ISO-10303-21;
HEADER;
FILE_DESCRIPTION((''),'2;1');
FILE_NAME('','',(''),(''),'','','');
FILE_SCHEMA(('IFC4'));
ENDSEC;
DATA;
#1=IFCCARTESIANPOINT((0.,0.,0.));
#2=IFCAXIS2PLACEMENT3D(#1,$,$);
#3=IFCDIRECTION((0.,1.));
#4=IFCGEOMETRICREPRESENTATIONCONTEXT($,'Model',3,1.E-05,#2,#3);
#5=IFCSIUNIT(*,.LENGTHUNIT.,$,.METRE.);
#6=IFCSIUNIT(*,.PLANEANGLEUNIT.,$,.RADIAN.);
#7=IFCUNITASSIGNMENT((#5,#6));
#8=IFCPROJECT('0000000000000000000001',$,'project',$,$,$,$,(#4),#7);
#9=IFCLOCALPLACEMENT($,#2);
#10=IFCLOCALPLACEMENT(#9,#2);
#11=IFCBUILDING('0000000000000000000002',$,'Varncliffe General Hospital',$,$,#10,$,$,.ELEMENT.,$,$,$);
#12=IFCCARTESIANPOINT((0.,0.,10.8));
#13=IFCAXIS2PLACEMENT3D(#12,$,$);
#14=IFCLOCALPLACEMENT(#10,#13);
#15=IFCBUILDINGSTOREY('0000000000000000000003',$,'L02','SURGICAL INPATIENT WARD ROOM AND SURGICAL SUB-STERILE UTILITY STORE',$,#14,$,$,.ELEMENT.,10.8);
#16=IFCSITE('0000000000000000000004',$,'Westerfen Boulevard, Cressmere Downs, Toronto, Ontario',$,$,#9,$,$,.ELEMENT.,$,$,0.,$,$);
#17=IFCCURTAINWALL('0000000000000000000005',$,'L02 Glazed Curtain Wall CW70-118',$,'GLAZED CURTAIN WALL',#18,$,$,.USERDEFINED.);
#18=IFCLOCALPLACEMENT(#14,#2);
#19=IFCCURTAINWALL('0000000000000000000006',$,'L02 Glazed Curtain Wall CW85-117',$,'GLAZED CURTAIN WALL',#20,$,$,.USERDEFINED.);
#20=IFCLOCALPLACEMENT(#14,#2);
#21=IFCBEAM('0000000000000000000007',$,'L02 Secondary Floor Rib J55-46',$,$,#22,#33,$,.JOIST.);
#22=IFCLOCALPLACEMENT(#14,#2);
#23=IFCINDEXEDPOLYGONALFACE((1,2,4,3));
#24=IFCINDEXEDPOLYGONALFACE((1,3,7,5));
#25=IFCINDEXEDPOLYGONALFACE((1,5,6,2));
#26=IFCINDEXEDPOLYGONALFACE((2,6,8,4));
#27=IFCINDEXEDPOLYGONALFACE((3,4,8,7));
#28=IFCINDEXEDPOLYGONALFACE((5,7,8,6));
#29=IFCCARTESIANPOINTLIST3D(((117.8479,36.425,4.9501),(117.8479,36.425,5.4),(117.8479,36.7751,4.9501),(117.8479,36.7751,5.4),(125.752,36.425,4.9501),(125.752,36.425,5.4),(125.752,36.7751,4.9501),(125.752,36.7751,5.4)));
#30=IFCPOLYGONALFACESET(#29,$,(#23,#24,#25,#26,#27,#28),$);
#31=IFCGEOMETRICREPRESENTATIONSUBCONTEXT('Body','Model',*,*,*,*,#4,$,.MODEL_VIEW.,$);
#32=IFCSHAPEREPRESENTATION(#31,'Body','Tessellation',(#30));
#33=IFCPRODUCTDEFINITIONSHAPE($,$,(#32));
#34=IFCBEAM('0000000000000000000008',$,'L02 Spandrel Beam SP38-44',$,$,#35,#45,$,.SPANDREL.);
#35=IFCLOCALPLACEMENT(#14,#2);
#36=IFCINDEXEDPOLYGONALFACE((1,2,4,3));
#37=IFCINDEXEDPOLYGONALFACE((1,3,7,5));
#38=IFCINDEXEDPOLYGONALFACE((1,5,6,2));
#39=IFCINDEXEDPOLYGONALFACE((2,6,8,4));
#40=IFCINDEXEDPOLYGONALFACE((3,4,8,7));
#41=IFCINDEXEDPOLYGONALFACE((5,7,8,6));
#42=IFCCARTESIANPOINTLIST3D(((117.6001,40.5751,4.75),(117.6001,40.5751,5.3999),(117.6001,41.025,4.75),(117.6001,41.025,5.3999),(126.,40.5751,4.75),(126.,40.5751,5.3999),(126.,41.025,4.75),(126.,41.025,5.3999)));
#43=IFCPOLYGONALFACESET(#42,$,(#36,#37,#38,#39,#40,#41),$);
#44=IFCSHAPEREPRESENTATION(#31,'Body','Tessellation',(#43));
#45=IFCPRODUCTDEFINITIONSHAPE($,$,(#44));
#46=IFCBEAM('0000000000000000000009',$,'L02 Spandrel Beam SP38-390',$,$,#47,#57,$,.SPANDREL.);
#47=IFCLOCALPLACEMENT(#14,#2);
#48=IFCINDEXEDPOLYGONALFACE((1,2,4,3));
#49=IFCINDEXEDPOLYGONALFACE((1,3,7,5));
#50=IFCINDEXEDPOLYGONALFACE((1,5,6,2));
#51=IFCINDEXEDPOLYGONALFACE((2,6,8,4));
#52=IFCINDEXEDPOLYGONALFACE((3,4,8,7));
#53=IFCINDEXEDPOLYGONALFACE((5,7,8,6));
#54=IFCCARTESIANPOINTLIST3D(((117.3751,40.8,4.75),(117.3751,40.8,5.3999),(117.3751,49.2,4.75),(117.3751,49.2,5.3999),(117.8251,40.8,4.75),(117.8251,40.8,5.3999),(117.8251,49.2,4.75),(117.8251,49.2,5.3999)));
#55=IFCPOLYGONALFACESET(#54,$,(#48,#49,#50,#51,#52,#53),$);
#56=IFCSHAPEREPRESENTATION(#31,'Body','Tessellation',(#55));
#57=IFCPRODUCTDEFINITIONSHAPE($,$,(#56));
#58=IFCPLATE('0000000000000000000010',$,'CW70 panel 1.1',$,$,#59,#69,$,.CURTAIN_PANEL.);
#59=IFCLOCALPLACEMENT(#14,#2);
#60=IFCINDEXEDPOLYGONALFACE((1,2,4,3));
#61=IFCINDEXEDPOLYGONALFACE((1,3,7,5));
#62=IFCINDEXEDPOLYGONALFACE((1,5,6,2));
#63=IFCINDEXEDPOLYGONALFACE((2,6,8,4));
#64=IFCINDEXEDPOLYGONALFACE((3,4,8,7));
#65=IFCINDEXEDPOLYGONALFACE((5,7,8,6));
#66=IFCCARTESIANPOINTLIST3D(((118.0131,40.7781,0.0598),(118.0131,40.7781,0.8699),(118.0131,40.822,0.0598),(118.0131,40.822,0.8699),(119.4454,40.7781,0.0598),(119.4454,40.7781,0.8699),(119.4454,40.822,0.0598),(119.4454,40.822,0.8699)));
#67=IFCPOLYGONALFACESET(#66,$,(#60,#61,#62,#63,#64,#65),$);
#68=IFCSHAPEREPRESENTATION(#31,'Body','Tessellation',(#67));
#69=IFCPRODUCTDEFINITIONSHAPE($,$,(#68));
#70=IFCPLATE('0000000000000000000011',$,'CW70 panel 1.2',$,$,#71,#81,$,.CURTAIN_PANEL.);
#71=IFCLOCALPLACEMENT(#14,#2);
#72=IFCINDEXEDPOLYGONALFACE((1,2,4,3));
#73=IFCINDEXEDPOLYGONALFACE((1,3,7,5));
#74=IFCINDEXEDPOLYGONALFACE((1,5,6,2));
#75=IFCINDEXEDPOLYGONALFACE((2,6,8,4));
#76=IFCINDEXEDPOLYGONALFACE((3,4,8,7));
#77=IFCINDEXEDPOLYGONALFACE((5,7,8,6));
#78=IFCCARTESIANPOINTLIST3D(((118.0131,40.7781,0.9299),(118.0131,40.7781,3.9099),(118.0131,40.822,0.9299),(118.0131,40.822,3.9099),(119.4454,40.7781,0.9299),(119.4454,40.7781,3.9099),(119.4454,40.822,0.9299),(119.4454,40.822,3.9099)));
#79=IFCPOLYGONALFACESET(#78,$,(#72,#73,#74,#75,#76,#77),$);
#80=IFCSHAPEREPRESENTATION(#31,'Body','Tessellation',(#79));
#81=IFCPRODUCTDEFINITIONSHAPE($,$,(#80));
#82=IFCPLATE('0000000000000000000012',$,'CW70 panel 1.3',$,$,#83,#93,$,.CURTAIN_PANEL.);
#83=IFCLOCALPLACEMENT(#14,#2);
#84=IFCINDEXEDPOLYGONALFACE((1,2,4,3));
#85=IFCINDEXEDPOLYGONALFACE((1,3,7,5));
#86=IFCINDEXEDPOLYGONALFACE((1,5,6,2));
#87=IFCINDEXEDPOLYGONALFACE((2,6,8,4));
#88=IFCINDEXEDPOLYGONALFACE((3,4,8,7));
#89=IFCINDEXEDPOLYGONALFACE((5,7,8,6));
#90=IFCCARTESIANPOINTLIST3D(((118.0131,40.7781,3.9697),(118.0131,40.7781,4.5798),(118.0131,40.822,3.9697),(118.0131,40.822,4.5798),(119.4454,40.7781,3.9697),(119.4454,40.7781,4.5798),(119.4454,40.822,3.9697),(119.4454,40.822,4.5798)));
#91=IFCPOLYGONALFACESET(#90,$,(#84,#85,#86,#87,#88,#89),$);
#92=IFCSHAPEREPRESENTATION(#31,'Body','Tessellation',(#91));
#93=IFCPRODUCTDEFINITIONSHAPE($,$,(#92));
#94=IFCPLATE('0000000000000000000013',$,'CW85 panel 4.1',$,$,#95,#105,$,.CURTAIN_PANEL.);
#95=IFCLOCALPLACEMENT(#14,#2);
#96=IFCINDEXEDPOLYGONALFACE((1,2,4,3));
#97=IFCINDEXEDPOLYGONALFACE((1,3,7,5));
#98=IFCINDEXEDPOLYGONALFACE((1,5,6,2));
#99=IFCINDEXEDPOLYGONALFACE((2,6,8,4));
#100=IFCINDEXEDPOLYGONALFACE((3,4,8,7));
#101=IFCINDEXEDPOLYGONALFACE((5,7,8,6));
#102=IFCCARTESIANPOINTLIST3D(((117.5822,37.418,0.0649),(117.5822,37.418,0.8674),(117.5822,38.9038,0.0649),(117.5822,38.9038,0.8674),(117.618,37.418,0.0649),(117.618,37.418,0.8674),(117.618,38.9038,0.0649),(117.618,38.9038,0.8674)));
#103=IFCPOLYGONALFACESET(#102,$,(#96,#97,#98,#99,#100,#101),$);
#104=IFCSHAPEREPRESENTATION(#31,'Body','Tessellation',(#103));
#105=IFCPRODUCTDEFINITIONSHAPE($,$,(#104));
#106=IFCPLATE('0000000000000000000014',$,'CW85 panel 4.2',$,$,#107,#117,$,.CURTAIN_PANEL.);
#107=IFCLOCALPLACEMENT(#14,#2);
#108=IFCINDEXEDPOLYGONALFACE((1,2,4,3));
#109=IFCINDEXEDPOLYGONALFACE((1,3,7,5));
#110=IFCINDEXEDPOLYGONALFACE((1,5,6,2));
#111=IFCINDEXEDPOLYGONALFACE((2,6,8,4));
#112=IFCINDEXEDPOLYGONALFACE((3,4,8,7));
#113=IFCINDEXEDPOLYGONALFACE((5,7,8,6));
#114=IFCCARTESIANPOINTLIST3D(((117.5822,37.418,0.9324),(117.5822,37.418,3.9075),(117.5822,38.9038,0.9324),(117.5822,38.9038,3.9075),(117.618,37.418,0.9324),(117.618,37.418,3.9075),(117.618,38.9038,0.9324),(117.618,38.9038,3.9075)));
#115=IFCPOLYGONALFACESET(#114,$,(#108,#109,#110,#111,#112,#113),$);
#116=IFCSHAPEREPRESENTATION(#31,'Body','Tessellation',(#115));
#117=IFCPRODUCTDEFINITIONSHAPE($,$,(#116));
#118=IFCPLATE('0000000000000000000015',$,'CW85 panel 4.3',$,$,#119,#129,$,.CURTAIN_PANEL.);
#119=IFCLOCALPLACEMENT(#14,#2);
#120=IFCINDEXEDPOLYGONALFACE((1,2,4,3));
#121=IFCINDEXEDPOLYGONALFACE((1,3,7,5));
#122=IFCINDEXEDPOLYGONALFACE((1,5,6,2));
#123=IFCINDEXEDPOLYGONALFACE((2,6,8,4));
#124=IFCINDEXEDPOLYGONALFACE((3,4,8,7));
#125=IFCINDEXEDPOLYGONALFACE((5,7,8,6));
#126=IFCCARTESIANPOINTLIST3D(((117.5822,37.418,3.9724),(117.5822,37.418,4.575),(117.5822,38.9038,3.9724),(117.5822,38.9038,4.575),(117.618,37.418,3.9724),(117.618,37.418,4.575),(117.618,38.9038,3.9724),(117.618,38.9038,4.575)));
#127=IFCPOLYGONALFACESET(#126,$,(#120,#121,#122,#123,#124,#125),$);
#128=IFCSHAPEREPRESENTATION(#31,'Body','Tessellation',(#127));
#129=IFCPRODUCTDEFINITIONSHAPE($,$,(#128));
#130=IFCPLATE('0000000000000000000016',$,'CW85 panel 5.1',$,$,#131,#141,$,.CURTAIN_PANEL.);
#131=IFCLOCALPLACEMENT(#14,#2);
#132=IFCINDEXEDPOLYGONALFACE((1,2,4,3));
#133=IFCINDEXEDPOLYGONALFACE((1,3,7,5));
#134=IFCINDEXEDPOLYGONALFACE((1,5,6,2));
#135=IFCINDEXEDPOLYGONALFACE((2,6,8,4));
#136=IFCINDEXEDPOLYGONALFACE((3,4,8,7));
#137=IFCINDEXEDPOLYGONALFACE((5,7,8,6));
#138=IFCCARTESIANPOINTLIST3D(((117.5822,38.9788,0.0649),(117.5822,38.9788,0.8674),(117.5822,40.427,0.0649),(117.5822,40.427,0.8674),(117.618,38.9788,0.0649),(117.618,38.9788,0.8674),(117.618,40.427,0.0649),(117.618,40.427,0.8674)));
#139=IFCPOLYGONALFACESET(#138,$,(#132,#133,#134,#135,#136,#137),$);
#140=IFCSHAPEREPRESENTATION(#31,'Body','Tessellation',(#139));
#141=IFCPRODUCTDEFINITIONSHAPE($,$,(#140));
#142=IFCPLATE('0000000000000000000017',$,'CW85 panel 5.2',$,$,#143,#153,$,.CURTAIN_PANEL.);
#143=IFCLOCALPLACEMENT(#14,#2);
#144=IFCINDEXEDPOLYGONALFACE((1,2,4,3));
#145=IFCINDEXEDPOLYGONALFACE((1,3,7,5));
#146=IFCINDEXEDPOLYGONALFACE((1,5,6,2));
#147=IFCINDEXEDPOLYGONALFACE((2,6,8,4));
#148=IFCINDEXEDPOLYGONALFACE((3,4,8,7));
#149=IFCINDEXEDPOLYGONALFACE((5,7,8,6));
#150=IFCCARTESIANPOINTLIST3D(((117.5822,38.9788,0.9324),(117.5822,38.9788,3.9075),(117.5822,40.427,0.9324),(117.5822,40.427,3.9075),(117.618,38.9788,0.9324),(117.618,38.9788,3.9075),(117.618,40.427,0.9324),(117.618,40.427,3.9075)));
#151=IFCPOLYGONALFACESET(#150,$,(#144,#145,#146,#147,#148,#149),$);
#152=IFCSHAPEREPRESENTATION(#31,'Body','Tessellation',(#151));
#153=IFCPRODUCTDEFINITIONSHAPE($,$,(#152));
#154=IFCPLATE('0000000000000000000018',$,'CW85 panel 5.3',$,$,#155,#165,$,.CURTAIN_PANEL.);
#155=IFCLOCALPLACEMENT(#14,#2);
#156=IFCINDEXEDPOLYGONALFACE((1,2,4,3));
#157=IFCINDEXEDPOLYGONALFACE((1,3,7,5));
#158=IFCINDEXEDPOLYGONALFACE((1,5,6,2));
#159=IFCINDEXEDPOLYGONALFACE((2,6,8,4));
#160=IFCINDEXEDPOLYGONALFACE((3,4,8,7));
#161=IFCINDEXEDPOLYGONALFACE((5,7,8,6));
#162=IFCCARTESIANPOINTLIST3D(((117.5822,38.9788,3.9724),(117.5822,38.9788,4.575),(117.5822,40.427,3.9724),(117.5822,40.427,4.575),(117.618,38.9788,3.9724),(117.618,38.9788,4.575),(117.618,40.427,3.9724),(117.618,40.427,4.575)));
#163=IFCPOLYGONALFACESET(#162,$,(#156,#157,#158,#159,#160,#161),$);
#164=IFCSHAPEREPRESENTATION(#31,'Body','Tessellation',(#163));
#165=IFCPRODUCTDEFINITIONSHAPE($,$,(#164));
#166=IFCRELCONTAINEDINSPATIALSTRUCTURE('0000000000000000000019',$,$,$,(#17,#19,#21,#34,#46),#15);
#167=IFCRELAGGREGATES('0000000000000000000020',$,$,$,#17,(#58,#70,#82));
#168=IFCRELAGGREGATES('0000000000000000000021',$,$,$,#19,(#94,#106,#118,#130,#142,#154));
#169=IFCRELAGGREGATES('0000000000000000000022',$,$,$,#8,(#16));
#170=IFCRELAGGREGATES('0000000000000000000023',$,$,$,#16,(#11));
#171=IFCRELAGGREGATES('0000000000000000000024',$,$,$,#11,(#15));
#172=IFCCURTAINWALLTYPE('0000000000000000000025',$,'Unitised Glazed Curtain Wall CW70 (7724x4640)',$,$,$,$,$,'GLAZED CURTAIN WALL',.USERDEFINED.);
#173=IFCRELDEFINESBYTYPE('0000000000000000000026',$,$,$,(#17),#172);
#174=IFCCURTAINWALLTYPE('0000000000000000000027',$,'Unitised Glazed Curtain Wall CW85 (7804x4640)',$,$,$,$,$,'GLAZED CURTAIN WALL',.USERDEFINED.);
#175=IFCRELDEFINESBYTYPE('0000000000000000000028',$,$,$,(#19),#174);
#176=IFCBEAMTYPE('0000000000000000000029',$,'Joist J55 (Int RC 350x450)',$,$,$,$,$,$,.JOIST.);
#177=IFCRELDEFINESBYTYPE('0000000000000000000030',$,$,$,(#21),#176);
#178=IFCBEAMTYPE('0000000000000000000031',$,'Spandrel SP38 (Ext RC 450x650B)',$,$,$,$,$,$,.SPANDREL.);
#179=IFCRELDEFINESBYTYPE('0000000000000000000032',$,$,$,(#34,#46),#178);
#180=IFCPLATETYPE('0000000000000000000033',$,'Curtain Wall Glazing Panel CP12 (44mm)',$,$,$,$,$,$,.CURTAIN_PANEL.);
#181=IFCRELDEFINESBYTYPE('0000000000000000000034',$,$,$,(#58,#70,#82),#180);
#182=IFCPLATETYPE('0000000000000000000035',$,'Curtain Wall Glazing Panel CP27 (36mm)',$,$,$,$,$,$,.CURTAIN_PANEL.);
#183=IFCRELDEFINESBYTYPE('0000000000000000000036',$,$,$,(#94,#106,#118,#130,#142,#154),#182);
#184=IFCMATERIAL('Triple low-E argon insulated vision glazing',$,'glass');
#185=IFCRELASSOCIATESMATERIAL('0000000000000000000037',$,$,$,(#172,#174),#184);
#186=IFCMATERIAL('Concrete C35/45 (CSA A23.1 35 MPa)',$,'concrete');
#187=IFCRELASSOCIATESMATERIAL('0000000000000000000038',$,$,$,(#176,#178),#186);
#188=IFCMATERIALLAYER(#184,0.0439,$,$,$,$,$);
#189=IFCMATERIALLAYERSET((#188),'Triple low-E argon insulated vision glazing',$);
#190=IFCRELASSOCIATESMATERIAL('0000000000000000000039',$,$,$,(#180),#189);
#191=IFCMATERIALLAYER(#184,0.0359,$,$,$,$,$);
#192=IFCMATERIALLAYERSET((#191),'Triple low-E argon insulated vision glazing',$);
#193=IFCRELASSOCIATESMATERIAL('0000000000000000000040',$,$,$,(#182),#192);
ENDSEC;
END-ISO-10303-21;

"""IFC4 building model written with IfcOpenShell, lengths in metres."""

from ifc_helpers import new_model, si_unit, direction, frame, origin, origin_2d, place, context, subcontext, project, spatial, rectangle, extrude, material, layer, layer_set, material_profile, profile_set, type_object, element, aggregate, save


model = new_model("IFC4")

# Units and contexts
model_context = context("Model", 3, precision=1e-05, world=origin(), true_north=direction((0.0, 1.0)))
body_context = subcontext(model_context, "Body", "Model", "MODEL_VIEW")
ifc_project = project(units=[si_unit("LENGTHUNIT", "METRE"), si_unit("PLANEANGLEUNIT", "RADIAN")], contexts=[model_context])

# Site, building, storey
site_placement = place(None, origin())
site = spatial("IfcSite", under=ifc_project, at=site_placement, Name="Westerfen Boulevard, Cressmere Downs, Toronto, Ontario", CompositionType="ELEMENT", RefElevation=0.0)
building_placement = place(site_placement, origin())
building = spatial("IfcBuilding", under=site, at=building_placement, Name="Varncliffe General Hospital", CompositionType="ELEMENT")
storey_placement = place(building_placement, frame((0.0, 0.0, 10.8)))
storey = spatial("IfcBuildingStorey", under=building, at=storey_placement, Name="L02", Description="SURGICAL INPATIENT WARD ROOM AND SURGICAL SUB-STERILE UTILITY STORE", CompositionType="ELEMENT", Elevation=10.8)

# Curtain walls
ifc_material_1 = material(Name="Triple low-E argon insulated vision glazing", Category="glass")
curtain_wall_type_1 = type_object("IfcCurtainWallType", Name="Unitised Glazed Curtain Wall CW70 (7724x4640)", ElementType="GLAZED CURTAIN WALL", PredefinedType="USERDEFINED", material=ifc_material_1)
curtain_wall_1_placement = place(storey_placement, origin())
curtain_wall_1 = element("IfcCurtainWall", 1, at=curtain_wall_1_placement, inside=storey, type_object=curtain_wall_type_1, Name="L02 Glazed Curtain Wall CW70-118", ObjectType="GLAZED CURTAIN WALL", PredefinedType="USERDEFINED")
curtain_wall_type_2 = type_object("IfcCurtainWallType", Name="Unitised Glazed Curtain Wall CW85 (7804x4640)", ElementType="GLAZED CURTAIN WALL", PredefinedType="USERDEFINED", material=ifc_material_1)
curtain_wall_2_placement = place(storey_placement, origin())
curtain_wall_2 = element("IfcCurtainWall", 2, at=curtain_wall_2_placement, inside=storey, type_object=curtain_wall_type_2, Name="L02 Glazed Curtain Wall CW85-117", ObjectType="GLAZED CURTAIN WALL", PredefinedType="USERDEFINED")

# Beams
ifc_material_2 = material(Name="Concrete C35/45 (CSA A23.1 35 MPa)", Category="concrete")
ifc_material_profile_1 = material_profile(ifc_material_2, rectangle(XDim=0.3501, YDim=0.45, at=origin_2d()), Name="RC 350x450")
ifc_profile_set_1 = profile_set([ifc_material_profile_1], Name="Concrete C35/45 (CSA A23.1 35 MPa)")
beam_type_1 = type_object("IfcBeamType", Name="Joist J55 (Int RC 350x450)", PredefinedType="JOIST", material=ifc_profile_set_1)
beam_placement = place(storey_placement, frame((117.8479, 36.6001, 5.175), z_axis=(1.0, 0.0, 0.0), x_axis=(0.0, 1.0, 0.0)))
element("IfcBeam", 3, at=beam_placement, inside=storey, type_object=beam_type_1, Name="L02 Secondary Floor Rib J55-46", PredefinedType="JOIST", context=body_context, shape_type="SweptSolid", body=[
    extrude(rectangle(XDim=0.3501, YDim=0.45, at=origin_2d()), origin(), (0.0, 0.0, 1.0), 7.9041),
])
ifc_material_profile_2 = material_profile(ifc_material_2, rectangle(XDim=0.45, YDim=0.6499, at=origin_2d()), Name="RC 450x650")
ifc_profile_set_2 = profile_set([ifc_material_profile_2], Name="Concrete C35/45 (CSA A23.1 35 MPa)")
beam_type_2 = type_object("IfcBeamType", Name="Spandrel SP38 (Ext RC 450x650B)", PredefinedType="SPANDREL", material=ifc_profile_set_2)
for number, where, z_axis, x_axis, name in (
    (4, (117.6001, 40.8, 5.075), (1.0, 0.0, 0.0), (0.0, 1.0, 0.0), "L02 Spandrel Beam SP38-44"),
    (5, (117.6001, 40.8, 5.075), (0.0, 1.0, 0.0), (-1.0, 0.0, 0.0), "L02 Spandrel Beam SP38-390"),
):
    element("IfcBeam", number, at=place(storey_placement, frame(where, z_axis=z_axis, x_axis=x_axis)), inside=storey, type_object=beam_type_2, Name=name, PredefinedType="SPANDREL", context=body_context, shape_type="SweptSolid", body=[
        extrude(rectangle(XDim=0.45, YDim=0.6499, at=origin_2d()), origin(), (0.0, 0.0, 1.0), 8.3999),
    ])

# Plates
ifc_layer_1 = layer(ifc_material_1, 0.0439)
ifc_layer_set_1 = layer_set([ifc_layer_1], Name="Triple low-E argon insulated vision glazing")
plate_type_1 = type_object("IfcPlateType", Name="Curtain Wall Glazing Panel CP12 (44mm)", PredefinedType="CURTAIN_PANEL", material=ifc_layer_set_1)
plate_1_placement = place(storey_placement, frame((118.7292, 40.8, 0.0598), z_axis=(0.0, 0.0, 1.0), x_axis=(1.0, 0.0, 0.0)))
plate_1 = element("IfcPlate", 6, at=plate_1_placement, type_object=plate_type_1, Name="CW70 panel 1.1", PredefinedType="CURTAIN_PANEL", context=body_context, shape_type="SweptSolid", body=[
    extrude(rectangle(XDim=1.4324, YDim=0.0439, at=origin_2d()), origin(), (0.0, 0.0, 1.0), 0.8101),
])
plate_2_placement = place(storey_placement, frame((118.7292, 40.8, 0.9299), z_axis=(0.0, 0.0, 1.0), x_axis=(1.0, 0.0, 0.0)))
plate_2 = element("IfcPlate", 7, at=plate_2_placement, type_object=plate_type_1, Name="CW70 panel 1.2", PredefinedType="CURTAIN_PANEL", context=body_context, shape_type="SweptSolid", body=[
    extrude(rectangle(XDim=1.4324, YDim=0.0439, at=origin_2d()), origin(), (0.0, 0.0, 1.0), 2.98),
])
plate_3_placement = place(storey_placement, frame((118.7292, 40.8, 3.9697), z_axis=(0.0, 0.0, 1.0), x_axis=(1.0, 0.0, 0.0)))
plate_3 = element("IfcPlate", 8, at=plate_3_placement, type_object=plate_type_1, Name="CW70 panel 1.3", PredefinedType="CURTAIN_PANEL", context=body_context, shape_type="SweptSolid", body=[
    extrude(rectangle(XDim=1.4324, YDim=0.0439, at=origin_2d()), origin(), (0.0, 0.0, 1.0), 0.6101),
])
aggregate(curtain_wall_1, [plate_1, plate_2, plate_3])
ifc_layer_2 = layer(ifc_material_1, 0.0359)
ifc_layer_set_2 = layer_set([ifc_layer_2], Name="Triple low-E argon insulated vision glazing")
plate_type_2 = type_object("IfcPlateType", Name="Curtain Wall Glazing Panel CP27 (36mm)", PredefinedType="CURTAIN_PANEL", material=ifc_layer_set_2)
plate_4_placement = place(storey_placement, frame((117.6001, 38.1609, 0.0649), z_axis=(0.0, 0.0, 1.0), x_axis=(0.0, 1.0, 0.0)))
plate_4 = element("IfcPlate", 9, at=plate_4_placement, type_object=plate_type_2, Name="CW85 panel 4.1", PredefinedType="CURTAIN_PANEL", context=body_context, shape_type="SweptSolid", body=[
    extrude(rectangle(XDim=1.4858, YDim=0.0359, at=origin_2d()), origin(), (0.0, 0.0, 1.0), 0.8025),
])
plate_5_placement = place(storey_placement, frame((117.6001, 38.1609, 0.9324), z_axis=(0.0, 0.0, 1.0), x_axis=(0.0, 1.0, 0.0)))
plate_5 = element("IfcPlate", 10, at=plate_5_placement, type_object=plate_type_2, Name="CW85 panel 4.2", PredefinedType="CURTAIN_PANEL", context=body_context, shape_type="SweptSolid", body=[
    extrude(rectangle(XDim=1.4858, YDim=0.0359, at=origin_2d()), origin(), (0.0, 0.0, 1.0), 2.9751),
])
plate_6_placement = place(storey_placement, frame((117.6001, 38.1609, 3.9724), z_axis=(0.0, 0.0, 1.0), x_axis=(0.0, 1.0, 0.0)))
plate_6 = element("IfcPlate", 11, at=plate_6_placement, type_object=plate_type_2, Name="CW85 panel 4.3", PredefinedType="CURTAIN_PANEL", context=body_context, shape_type="SweptSolid", body=[
    extrude(rectangle(XDim=1.4858, YDim=0.0359, at=origin_2d()), origin(), (0.0, 0.0, 1.0), 0.6025),
])
plate_7_placement = place(storey_placement, frame((117.6001, 39.7029, 0.0649), z_axis=(0.0, 0.0, 1.0), x_axis=(0.0, 1.0, 0.0)))
plate_7 = element("IfcPlate", 12, at=plate_7_placement, type_object=plate_type_2, Name="CW85 panel 5.1", PredefinedType="CURTAIN_PANEL", context=body_context, shape_type="SweptSolid", body=[
    extrude(rectangle(XDim=1.4482, YDim=0.0359, at=origin_2d()), origin(), (0.0, 0.0, 1.0), 0.8025),
])
plate_8_placement = place(storey_placement, frame((117.6001, 39.7029, 0.9324), z_axis=(0.0, 0.0, 1.0), x_axis=(0.0, 1.0, 0.0)))
plate_8 = element("IfcPlate", 13, at=plate_8_placement, type_object=plate_type_2, Name="CW85 panel 5.2", PredefinedType="CURTAIN_PANEL", context=body_context, shape_type="SweptSolid", body=[
    extrude(rectangle(XDim=1.4482, YDim=0.0359, at=origin_2d()), origin(), (0.0, 0.0, 1.0), 2.9751),
])
plate_9_placement = place(storey_placement, frame((117.6001, 39.7029, 3.9724), z_axis=(0.0, 0.0, 1.0), x_axis=(0.0, 1.0, 0.0)))
plate_9 = element("IfcPlate", 14, at=plate_9_placement, type_object=plate_type_2, Name="CW85 panel 5.3", PredefinedType="CURTAIN_PANEL", context=body_context, shape_type="SweptSolid", body=[
    extrude(rectangle(XDim=1.4482, YDim=0.0359, at=origin_2d()), origin(), (0.0, 0.0, 1.0), 0.6025),
])
aggregate(curtain_wall_2, [plate_4, plate_5, plate_6, plate_7, plate_8, plate_9])

save(model, "model.ifc")
